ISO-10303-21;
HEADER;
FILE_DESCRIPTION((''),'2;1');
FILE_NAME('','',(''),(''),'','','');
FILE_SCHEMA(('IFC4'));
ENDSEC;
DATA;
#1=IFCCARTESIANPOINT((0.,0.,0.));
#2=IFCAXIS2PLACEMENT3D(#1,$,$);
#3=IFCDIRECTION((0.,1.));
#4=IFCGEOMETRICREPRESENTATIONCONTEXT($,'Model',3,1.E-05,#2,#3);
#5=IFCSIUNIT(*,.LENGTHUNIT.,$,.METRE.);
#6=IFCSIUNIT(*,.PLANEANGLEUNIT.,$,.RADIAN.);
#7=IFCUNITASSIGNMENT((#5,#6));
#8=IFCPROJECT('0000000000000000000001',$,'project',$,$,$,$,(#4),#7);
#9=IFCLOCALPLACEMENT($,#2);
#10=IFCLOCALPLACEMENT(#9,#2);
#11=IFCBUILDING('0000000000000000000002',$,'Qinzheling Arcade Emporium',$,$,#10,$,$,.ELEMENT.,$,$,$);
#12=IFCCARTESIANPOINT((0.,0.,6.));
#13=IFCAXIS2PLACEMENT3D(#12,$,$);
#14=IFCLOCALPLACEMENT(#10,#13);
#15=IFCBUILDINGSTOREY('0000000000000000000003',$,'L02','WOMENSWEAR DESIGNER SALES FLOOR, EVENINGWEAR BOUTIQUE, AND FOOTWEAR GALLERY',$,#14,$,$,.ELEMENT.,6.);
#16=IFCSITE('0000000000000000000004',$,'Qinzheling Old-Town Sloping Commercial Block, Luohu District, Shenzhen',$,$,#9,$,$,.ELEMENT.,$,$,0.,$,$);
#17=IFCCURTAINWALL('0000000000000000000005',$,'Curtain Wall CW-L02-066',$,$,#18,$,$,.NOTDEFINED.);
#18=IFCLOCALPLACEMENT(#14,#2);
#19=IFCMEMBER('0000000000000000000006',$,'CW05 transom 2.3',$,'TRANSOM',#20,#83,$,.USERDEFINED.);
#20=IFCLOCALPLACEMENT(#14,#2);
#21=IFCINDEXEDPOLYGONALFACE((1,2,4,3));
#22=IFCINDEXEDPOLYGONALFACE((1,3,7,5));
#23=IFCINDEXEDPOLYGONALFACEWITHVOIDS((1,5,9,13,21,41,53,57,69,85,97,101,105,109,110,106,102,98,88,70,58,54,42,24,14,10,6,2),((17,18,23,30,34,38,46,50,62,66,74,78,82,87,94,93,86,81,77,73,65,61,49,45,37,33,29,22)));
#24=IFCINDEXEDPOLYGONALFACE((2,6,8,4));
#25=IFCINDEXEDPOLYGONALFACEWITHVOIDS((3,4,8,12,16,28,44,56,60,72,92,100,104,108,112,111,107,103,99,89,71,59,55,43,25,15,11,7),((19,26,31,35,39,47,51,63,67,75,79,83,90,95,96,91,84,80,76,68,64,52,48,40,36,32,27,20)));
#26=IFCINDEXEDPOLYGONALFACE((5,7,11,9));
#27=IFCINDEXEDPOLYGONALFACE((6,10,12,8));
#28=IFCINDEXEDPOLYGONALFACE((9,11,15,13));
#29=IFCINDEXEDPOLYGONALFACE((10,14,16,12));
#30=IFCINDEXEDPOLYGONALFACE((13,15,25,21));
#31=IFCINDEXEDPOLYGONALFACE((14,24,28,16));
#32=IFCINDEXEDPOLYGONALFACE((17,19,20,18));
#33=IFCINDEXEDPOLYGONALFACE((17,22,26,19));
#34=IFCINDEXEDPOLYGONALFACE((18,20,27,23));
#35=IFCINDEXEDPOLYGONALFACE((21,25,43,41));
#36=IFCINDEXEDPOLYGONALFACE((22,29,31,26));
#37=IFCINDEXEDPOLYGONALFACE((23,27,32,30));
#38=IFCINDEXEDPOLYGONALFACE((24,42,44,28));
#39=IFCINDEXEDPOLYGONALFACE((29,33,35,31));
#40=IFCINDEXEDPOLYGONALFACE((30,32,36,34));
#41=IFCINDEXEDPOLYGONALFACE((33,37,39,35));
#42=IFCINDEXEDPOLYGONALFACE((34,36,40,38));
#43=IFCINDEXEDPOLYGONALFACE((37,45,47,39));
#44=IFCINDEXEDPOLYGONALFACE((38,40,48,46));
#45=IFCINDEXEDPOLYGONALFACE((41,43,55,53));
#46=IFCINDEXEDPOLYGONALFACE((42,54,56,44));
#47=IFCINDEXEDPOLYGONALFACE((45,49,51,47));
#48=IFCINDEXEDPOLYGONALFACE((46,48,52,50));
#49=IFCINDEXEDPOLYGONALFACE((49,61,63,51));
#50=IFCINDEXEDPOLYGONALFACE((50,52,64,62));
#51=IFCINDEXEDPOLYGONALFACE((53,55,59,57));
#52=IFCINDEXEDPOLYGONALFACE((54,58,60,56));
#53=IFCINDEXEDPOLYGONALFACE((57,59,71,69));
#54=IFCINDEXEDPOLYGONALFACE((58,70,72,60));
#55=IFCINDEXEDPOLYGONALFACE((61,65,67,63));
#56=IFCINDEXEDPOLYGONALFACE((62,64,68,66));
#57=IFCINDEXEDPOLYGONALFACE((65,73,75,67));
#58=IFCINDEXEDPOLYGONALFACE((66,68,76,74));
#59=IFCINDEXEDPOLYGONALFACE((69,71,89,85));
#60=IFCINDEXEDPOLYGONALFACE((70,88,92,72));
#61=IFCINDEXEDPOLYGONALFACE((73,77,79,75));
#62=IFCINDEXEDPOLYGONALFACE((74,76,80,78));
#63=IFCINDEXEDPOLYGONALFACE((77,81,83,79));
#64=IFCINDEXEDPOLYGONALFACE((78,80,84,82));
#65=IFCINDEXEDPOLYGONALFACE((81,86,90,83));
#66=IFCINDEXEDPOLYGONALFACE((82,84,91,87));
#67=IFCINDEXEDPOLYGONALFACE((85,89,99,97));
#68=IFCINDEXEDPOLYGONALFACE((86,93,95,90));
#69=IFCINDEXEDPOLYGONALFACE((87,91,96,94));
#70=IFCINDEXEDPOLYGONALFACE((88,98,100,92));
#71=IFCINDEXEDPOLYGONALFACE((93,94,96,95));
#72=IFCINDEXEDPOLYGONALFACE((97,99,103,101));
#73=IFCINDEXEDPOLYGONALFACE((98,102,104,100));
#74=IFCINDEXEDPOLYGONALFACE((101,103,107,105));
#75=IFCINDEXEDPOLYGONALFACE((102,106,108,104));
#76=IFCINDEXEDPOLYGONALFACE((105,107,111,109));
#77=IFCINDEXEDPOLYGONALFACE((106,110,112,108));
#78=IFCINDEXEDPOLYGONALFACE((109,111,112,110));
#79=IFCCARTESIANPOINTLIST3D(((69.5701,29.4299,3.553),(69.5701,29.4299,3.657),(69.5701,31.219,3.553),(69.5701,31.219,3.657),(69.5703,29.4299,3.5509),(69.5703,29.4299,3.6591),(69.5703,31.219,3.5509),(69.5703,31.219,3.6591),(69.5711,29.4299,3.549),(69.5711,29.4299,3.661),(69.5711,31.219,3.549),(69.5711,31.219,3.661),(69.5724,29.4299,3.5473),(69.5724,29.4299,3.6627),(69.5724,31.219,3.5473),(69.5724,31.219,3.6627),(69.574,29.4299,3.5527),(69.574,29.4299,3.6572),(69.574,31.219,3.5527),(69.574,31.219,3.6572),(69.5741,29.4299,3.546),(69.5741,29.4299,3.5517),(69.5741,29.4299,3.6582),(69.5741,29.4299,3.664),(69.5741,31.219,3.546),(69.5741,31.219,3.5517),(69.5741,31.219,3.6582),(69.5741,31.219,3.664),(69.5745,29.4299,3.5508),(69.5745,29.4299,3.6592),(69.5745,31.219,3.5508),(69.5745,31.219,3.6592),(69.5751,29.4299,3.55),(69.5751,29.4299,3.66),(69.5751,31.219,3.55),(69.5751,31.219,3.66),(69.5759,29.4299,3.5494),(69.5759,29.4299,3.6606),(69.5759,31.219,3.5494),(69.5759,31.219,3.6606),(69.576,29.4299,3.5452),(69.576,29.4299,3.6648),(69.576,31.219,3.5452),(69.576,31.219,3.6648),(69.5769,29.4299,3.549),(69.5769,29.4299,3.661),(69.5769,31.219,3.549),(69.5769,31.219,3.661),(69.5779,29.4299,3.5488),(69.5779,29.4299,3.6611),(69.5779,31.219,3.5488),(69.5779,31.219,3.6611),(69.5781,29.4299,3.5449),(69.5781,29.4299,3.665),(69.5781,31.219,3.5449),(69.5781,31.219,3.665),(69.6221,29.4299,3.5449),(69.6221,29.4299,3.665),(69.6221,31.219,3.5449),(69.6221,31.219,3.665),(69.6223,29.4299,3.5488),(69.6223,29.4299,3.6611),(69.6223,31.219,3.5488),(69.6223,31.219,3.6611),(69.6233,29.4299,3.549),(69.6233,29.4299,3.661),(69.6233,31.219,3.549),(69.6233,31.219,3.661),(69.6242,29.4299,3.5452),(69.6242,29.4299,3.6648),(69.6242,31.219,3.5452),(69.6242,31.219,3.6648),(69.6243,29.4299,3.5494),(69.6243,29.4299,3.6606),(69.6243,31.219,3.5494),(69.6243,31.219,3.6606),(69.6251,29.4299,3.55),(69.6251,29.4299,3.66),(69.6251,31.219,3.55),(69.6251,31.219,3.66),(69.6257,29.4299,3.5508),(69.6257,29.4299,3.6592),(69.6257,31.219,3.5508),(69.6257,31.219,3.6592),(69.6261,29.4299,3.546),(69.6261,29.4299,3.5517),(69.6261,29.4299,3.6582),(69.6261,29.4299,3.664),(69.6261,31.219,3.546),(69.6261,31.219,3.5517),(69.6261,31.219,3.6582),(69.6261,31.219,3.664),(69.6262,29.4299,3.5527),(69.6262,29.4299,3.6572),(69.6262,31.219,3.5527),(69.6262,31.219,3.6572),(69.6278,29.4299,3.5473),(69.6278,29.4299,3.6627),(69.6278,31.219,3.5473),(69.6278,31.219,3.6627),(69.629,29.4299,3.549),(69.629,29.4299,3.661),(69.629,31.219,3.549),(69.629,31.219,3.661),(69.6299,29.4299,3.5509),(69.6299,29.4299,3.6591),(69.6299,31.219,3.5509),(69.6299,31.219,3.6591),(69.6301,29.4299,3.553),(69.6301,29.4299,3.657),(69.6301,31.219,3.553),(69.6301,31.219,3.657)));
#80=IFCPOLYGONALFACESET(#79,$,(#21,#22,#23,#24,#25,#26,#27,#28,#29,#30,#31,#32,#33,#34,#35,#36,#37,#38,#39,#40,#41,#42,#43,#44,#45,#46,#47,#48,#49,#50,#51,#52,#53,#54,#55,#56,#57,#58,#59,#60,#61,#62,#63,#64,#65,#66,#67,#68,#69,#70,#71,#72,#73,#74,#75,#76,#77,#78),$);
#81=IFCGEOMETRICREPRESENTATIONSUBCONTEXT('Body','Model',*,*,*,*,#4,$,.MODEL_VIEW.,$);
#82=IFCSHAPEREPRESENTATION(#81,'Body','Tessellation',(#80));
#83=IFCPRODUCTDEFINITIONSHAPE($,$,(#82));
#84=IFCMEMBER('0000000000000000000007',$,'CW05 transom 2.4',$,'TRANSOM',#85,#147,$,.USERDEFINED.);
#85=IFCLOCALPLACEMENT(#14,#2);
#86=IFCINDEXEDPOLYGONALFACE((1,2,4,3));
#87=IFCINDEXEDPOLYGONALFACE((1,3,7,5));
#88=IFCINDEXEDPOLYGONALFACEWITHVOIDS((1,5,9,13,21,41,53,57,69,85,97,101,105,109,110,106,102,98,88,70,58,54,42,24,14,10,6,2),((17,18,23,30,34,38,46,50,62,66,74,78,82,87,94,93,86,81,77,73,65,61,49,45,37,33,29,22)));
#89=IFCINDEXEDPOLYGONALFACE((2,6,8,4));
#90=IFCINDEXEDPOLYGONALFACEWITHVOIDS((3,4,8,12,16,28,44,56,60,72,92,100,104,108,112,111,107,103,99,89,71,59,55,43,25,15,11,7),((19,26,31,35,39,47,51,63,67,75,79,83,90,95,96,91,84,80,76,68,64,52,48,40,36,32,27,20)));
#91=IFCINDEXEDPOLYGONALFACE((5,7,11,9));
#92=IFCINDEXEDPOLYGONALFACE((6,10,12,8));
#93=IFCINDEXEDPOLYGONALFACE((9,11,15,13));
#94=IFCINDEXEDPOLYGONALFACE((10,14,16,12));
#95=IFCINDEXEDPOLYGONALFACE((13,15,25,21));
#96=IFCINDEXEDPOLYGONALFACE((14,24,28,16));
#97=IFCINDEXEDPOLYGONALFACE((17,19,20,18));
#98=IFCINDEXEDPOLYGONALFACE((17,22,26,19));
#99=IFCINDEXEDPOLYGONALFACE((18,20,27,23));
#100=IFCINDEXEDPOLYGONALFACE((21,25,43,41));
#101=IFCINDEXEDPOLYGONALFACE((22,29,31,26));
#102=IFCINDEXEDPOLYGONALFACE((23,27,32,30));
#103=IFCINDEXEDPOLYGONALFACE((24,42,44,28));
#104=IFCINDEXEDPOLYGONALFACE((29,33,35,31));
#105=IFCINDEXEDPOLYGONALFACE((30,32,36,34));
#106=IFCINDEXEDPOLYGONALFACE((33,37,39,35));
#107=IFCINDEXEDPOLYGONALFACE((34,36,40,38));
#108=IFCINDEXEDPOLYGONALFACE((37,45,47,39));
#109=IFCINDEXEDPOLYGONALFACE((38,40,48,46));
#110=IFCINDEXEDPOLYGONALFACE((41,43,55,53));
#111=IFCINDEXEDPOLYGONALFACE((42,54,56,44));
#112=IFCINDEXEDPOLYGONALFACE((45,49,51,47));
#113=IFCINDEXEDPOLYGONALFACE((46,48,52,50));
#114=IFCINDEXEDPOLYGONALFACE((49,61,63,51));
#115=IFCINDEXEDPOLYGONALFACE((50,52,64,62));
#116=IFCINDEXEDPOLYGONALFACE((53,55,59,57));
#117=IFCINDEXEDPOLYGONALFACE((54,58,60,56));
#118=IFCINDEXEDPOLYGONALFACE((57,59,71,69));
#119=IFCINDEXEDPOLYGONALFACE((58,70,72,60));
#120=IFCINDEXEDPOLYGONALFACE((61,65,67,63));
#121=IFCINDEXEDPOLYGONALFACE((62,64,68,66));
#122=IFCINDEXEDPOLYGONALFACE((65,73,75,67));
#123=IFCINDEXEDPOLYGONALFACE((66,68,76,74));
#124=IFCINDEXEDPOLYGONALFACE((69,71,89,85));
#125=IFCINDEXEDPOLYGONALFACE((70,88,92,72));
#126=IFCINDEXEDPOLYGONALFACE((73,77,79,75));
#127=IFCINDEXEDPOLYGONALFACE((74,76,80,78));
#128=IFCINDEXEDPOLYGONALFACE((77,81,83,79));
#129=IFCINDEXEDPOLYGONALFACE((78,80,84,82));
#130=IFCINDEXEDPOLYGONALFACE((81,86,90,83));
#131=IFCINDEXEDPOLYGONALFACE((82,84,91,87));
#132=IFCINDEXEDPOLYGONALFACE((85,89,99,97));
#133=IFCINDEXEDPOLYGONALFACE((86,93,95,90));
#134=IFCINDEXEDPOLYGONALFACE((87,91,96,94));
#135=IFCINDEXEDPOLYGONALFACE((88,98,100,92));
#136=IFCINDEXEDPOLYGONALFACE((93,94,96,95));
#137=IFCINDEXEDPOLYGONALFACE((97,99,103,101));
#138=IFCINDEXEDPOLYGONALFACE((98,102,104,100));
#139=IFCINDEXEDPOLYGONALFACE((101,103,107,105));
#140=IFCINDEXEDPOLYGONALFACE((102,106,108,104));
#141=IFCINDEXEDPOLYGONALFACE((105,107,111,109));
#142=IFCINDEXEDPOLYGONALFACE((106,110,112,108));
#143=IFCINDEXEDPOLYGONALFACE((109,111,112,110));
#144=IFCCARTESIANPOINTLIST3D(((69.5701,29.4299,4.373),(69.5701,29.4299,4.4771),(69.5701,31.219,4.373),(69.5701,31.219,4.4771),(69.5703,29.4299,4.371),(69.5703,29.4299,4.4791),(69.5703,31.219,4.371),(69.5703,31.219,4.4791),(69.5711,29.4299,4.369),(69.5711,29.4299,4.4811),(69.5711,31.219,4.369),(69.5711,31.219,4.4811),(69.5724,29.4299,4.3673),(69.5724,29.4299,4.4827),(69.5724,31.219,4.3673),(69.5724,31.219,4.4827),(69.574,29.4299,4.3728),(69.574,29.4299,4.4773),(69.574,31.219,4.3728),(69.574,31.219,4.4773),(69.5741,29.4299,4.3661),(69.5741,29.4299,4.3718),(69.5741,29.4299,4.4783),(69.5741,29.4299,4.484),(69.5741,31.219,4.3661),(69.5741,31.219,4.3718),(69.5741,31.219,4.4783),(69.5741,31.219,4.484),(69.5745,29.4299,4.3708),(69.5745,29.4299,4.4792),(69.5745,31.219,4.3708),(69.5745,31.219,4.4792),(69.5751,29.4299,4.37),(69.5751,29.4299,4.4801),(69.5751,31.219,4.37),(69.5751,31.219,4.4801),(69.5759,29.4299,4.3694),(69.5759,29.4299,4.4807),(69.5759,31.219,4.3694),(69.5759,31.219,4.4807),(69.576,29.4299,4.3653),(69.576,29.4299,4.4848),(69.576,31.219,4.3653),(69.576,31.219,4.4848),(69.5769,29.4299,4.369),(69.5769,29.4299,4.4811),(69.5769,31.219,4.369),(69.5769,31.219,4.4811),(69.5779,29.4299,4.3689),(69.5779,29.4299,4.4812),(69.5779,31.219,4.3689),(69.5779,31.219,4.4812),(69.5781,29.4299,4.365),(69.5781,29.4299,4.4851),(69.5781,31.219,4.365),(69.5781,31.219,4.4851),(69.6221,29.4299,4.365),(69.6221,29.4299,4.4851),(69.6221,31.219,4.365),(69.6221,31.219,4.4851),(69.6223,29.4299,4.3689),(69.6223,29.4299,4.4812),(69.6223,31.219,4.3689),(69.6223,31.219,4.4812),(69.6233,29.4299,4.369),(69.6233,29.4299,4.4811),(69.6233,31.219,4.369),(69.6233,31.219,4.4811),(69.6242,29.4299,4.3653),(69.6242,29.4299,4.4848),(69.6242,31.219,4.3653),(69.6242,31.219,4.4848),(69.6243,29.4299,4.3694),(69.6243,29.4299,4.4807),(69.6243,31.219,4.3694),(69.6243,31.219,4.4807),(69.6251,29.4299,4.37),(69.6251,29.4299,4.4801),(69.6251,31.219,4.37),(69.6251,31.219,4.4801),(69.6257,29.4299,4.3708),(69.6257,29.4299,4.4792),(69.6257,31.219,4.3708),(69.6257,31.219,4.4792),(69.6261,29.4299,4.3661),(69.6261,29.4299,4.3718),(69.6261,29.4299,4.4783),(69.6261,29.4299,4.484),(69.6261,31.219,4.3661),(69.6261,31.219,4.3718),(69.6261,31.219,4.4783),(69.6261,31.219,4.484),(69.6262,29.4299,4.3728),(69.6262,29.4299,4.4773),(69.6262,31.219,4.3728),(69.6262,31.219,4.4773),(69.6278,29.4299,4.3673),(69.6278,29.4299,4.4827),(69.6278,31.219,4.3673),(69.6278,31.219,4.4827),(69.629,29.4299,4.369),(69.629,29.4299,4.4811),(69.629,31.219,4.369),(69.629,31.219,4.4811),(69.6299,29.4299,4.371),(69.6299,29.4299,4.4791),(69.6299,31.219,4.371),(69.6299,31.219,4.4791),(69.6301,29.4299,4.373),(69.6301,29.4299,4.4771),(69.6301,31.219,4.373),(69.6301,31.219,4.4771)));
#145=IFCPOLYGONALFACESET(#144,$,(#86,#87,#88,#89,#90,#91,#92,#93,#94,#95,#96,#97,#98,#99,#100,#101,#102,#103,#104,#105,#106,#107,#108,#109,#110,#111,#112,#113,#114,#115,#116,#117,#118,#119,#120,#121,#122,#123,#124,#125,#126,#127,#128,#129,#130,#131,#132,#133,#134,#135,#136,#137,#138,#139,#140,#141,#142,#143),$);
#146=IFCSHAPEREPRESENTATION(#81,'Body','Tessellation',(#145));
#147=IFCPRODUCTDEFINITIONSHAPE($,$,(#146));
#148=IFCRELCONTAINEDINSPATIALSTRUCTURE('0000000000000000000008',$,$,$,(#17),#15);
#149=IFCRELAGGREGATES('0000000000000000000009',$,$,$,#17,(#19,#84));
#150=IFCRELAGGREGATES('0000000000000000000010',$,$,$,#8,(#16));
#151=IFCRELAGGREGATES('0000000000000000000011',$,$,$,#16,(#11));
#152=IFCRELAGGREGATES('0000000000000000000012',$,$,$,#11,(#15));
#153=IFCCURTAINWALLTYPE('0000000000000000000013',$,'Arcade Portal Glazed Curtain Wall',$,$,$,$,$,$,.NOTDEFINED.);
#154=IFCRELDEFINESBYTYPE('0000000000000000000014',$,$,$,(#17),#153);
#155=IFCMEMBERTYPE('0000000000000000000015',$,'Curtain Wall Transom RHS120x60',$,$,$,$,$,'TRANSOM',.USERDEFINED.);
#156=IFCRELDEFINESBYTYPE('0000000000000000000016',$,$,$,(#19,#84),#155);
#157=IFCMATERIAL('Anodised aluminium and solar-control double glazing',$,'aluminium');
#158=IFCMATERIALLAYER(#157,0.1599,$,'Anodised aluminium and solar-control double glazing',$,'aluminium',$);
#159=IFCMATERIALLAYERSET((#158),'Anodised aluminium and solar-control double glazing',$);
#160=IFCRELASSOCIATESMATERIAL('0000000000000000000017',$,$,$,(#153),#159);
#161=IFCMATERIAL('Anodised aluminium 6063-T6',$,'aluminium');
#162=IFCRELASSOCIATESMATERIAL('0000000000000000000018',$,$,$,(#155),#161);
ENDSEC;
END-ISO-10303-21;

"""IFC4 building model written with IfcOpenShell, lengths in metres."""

from ifc_helpers import new_model, si_unit, direction, frame, origin, origin_2d, place, context, subcontext, project, spatial, hollow_rectangle, extrude, material, layer, layer_set, material_profile, profile_set, type_object, element, aggregate, save


model = new_model("IFC4")

# Units and contexts
model_context = context("Model", 3, precision=1e-05, world=origin(), true_north=direction((0.0, 1.0)))
body_context = subcontext(model_context, "Body", "Model", "MODEL_VIEW")
ifc_project = project(units=[si_unit("LENGTHUNIT", "METRE"), si_unit("PLANEANGLEUNIT", "RADIAN")], contexts=[model_context])

# Site, building, storey
site_placement = place(None, origin())
site = spatial("IfcSite", under=ifc_project, at=site_placement, Name="Qinzheling Old-Town Sloping Commercial Block, Luohu District, Shenzhen", CompositionType="ELEMENT", RefElevation=0.0)
building_placement = place(site_placement, origin())
building = spatial("IfcBuilding", under=site, at=building_placement, Name="Qinzheling Arcade Emporium", CompositionType="ELEMENT")
storey_placement = place(building_placement, frame((0.0, 0.0, 6.0)))
storey = spatial("IfcBuildingStorey", under=building, at=storey_placement, Name="L02", Description="WOMENSWEAR DESIGNER SALES FLOOR, EVENINGWEAR BOUTIQUE, AND FOOTWEAR GALLERY", CompositionType="ELEMENT", Elevation=6.0)

# Curtain wall, members
ifc_material_1 = material(Name="Anodised aluminium and solar-control double glazing", Category="aluminium")
ifc_layer_1 = layer(ifc_material_1, 0.1599, Name="Anodised aluminium and solar-control double glazing", Category="aluminium")
ifc_layer_set_1 = layer_set([ifc_layer_1], Name="Anodised aluminium and solar-control double glazing")
curtain_wall_type = type_object("IfcCurtainWallType", Name="Arcade Portal Glazed Curtain Wall", PredefinedType="NOTDEFINED", material=ifc_layer_set_1)
curtain_wall_placement = place(storey_placement, origin())
curtain_wall = element("IfcCurtainWall", 1, at=curtain_wall_placement, inside=storey, type_object=curtain_wall_type, Name="Curtain Wall CW-L02-066", PredefinedType="NOTDEFINED")
ifc_material_2 = material(Name="Anodised aluminium 6063-T6", Category="aluminium")
ifc_material_profile_1 = material_profile(ifc_material_2, hollow_rectangle(XDim=0.0601, YDim=0.1201, WallThickness=0.0039, InnerFilletRadius=0.0039, OuterFilletRadius=0.0081, at=origin_2d()), Name="RHS 120x60x4", Category="aluminium")
ifc_profile_set_1 = profile_set([ifc_material_profile_1], Name="Anodised aluminium 6063-T6")
member_type_1 = type_object("IfcMemberType", Name="Curtain Wall Transom RHS120x60", ElementType="TRANSOM", PredefinedType="USERDEFINED", material=ifc_profile_set_1)
member_1_placement = place(storey_placement, frame((69.6001, 31.219, 3.605), z_axis=(0.0, -1.0, 0.0), x_axis=(1.0, 0.0, 0.0)))
member_1 = element("IfcMember", 2, at=member_1_placement, type_object=member_type_1, Name="CW05 transom 2.3", ObjectType="TRANSOM", PredefinedType="USERDEFINED", context=body_context, shape_type="SweptSolid", body=[
    extrude(hollow_rectangle(XDim=0.0601, YDim=0.1201, WallThickness=0.0039, InnerFilletRadius=0.0039, OuterFilletRadius=0.0081, at=origin_2d()), origin(), (0.0, 0.0, 1.0), 1.7891),
])
member_2_placement = place(storey_placement, frame((69.6001, 31.219, 4.425), z_axis=(0.0, -1.0, 0.0), x_axis=(1.0, 0.0, 0.0)))
member_2 = element("IfcMember", 3, at=member_2_placement, type_object=member_type_1, Name="CW05 transom 2.4", ObjectType="TRANSOM", PredefinedType="USERDEFINED", context=body_context, shape_type="SweptSolid", body=[
    extrude(hollow_rectangle(XDim=0.0601, YDim=0.1201, WallThickness=0.0039, InnerFilletRadius=0.0039, OuterFilletRadius=0.0081, at=origin_2d()), origin(), (0.0, 0.0, 1.0), 1.7891),
])
aggregate(curtain_wall, [member_1, member_2])

save(model, "model.ifc")
